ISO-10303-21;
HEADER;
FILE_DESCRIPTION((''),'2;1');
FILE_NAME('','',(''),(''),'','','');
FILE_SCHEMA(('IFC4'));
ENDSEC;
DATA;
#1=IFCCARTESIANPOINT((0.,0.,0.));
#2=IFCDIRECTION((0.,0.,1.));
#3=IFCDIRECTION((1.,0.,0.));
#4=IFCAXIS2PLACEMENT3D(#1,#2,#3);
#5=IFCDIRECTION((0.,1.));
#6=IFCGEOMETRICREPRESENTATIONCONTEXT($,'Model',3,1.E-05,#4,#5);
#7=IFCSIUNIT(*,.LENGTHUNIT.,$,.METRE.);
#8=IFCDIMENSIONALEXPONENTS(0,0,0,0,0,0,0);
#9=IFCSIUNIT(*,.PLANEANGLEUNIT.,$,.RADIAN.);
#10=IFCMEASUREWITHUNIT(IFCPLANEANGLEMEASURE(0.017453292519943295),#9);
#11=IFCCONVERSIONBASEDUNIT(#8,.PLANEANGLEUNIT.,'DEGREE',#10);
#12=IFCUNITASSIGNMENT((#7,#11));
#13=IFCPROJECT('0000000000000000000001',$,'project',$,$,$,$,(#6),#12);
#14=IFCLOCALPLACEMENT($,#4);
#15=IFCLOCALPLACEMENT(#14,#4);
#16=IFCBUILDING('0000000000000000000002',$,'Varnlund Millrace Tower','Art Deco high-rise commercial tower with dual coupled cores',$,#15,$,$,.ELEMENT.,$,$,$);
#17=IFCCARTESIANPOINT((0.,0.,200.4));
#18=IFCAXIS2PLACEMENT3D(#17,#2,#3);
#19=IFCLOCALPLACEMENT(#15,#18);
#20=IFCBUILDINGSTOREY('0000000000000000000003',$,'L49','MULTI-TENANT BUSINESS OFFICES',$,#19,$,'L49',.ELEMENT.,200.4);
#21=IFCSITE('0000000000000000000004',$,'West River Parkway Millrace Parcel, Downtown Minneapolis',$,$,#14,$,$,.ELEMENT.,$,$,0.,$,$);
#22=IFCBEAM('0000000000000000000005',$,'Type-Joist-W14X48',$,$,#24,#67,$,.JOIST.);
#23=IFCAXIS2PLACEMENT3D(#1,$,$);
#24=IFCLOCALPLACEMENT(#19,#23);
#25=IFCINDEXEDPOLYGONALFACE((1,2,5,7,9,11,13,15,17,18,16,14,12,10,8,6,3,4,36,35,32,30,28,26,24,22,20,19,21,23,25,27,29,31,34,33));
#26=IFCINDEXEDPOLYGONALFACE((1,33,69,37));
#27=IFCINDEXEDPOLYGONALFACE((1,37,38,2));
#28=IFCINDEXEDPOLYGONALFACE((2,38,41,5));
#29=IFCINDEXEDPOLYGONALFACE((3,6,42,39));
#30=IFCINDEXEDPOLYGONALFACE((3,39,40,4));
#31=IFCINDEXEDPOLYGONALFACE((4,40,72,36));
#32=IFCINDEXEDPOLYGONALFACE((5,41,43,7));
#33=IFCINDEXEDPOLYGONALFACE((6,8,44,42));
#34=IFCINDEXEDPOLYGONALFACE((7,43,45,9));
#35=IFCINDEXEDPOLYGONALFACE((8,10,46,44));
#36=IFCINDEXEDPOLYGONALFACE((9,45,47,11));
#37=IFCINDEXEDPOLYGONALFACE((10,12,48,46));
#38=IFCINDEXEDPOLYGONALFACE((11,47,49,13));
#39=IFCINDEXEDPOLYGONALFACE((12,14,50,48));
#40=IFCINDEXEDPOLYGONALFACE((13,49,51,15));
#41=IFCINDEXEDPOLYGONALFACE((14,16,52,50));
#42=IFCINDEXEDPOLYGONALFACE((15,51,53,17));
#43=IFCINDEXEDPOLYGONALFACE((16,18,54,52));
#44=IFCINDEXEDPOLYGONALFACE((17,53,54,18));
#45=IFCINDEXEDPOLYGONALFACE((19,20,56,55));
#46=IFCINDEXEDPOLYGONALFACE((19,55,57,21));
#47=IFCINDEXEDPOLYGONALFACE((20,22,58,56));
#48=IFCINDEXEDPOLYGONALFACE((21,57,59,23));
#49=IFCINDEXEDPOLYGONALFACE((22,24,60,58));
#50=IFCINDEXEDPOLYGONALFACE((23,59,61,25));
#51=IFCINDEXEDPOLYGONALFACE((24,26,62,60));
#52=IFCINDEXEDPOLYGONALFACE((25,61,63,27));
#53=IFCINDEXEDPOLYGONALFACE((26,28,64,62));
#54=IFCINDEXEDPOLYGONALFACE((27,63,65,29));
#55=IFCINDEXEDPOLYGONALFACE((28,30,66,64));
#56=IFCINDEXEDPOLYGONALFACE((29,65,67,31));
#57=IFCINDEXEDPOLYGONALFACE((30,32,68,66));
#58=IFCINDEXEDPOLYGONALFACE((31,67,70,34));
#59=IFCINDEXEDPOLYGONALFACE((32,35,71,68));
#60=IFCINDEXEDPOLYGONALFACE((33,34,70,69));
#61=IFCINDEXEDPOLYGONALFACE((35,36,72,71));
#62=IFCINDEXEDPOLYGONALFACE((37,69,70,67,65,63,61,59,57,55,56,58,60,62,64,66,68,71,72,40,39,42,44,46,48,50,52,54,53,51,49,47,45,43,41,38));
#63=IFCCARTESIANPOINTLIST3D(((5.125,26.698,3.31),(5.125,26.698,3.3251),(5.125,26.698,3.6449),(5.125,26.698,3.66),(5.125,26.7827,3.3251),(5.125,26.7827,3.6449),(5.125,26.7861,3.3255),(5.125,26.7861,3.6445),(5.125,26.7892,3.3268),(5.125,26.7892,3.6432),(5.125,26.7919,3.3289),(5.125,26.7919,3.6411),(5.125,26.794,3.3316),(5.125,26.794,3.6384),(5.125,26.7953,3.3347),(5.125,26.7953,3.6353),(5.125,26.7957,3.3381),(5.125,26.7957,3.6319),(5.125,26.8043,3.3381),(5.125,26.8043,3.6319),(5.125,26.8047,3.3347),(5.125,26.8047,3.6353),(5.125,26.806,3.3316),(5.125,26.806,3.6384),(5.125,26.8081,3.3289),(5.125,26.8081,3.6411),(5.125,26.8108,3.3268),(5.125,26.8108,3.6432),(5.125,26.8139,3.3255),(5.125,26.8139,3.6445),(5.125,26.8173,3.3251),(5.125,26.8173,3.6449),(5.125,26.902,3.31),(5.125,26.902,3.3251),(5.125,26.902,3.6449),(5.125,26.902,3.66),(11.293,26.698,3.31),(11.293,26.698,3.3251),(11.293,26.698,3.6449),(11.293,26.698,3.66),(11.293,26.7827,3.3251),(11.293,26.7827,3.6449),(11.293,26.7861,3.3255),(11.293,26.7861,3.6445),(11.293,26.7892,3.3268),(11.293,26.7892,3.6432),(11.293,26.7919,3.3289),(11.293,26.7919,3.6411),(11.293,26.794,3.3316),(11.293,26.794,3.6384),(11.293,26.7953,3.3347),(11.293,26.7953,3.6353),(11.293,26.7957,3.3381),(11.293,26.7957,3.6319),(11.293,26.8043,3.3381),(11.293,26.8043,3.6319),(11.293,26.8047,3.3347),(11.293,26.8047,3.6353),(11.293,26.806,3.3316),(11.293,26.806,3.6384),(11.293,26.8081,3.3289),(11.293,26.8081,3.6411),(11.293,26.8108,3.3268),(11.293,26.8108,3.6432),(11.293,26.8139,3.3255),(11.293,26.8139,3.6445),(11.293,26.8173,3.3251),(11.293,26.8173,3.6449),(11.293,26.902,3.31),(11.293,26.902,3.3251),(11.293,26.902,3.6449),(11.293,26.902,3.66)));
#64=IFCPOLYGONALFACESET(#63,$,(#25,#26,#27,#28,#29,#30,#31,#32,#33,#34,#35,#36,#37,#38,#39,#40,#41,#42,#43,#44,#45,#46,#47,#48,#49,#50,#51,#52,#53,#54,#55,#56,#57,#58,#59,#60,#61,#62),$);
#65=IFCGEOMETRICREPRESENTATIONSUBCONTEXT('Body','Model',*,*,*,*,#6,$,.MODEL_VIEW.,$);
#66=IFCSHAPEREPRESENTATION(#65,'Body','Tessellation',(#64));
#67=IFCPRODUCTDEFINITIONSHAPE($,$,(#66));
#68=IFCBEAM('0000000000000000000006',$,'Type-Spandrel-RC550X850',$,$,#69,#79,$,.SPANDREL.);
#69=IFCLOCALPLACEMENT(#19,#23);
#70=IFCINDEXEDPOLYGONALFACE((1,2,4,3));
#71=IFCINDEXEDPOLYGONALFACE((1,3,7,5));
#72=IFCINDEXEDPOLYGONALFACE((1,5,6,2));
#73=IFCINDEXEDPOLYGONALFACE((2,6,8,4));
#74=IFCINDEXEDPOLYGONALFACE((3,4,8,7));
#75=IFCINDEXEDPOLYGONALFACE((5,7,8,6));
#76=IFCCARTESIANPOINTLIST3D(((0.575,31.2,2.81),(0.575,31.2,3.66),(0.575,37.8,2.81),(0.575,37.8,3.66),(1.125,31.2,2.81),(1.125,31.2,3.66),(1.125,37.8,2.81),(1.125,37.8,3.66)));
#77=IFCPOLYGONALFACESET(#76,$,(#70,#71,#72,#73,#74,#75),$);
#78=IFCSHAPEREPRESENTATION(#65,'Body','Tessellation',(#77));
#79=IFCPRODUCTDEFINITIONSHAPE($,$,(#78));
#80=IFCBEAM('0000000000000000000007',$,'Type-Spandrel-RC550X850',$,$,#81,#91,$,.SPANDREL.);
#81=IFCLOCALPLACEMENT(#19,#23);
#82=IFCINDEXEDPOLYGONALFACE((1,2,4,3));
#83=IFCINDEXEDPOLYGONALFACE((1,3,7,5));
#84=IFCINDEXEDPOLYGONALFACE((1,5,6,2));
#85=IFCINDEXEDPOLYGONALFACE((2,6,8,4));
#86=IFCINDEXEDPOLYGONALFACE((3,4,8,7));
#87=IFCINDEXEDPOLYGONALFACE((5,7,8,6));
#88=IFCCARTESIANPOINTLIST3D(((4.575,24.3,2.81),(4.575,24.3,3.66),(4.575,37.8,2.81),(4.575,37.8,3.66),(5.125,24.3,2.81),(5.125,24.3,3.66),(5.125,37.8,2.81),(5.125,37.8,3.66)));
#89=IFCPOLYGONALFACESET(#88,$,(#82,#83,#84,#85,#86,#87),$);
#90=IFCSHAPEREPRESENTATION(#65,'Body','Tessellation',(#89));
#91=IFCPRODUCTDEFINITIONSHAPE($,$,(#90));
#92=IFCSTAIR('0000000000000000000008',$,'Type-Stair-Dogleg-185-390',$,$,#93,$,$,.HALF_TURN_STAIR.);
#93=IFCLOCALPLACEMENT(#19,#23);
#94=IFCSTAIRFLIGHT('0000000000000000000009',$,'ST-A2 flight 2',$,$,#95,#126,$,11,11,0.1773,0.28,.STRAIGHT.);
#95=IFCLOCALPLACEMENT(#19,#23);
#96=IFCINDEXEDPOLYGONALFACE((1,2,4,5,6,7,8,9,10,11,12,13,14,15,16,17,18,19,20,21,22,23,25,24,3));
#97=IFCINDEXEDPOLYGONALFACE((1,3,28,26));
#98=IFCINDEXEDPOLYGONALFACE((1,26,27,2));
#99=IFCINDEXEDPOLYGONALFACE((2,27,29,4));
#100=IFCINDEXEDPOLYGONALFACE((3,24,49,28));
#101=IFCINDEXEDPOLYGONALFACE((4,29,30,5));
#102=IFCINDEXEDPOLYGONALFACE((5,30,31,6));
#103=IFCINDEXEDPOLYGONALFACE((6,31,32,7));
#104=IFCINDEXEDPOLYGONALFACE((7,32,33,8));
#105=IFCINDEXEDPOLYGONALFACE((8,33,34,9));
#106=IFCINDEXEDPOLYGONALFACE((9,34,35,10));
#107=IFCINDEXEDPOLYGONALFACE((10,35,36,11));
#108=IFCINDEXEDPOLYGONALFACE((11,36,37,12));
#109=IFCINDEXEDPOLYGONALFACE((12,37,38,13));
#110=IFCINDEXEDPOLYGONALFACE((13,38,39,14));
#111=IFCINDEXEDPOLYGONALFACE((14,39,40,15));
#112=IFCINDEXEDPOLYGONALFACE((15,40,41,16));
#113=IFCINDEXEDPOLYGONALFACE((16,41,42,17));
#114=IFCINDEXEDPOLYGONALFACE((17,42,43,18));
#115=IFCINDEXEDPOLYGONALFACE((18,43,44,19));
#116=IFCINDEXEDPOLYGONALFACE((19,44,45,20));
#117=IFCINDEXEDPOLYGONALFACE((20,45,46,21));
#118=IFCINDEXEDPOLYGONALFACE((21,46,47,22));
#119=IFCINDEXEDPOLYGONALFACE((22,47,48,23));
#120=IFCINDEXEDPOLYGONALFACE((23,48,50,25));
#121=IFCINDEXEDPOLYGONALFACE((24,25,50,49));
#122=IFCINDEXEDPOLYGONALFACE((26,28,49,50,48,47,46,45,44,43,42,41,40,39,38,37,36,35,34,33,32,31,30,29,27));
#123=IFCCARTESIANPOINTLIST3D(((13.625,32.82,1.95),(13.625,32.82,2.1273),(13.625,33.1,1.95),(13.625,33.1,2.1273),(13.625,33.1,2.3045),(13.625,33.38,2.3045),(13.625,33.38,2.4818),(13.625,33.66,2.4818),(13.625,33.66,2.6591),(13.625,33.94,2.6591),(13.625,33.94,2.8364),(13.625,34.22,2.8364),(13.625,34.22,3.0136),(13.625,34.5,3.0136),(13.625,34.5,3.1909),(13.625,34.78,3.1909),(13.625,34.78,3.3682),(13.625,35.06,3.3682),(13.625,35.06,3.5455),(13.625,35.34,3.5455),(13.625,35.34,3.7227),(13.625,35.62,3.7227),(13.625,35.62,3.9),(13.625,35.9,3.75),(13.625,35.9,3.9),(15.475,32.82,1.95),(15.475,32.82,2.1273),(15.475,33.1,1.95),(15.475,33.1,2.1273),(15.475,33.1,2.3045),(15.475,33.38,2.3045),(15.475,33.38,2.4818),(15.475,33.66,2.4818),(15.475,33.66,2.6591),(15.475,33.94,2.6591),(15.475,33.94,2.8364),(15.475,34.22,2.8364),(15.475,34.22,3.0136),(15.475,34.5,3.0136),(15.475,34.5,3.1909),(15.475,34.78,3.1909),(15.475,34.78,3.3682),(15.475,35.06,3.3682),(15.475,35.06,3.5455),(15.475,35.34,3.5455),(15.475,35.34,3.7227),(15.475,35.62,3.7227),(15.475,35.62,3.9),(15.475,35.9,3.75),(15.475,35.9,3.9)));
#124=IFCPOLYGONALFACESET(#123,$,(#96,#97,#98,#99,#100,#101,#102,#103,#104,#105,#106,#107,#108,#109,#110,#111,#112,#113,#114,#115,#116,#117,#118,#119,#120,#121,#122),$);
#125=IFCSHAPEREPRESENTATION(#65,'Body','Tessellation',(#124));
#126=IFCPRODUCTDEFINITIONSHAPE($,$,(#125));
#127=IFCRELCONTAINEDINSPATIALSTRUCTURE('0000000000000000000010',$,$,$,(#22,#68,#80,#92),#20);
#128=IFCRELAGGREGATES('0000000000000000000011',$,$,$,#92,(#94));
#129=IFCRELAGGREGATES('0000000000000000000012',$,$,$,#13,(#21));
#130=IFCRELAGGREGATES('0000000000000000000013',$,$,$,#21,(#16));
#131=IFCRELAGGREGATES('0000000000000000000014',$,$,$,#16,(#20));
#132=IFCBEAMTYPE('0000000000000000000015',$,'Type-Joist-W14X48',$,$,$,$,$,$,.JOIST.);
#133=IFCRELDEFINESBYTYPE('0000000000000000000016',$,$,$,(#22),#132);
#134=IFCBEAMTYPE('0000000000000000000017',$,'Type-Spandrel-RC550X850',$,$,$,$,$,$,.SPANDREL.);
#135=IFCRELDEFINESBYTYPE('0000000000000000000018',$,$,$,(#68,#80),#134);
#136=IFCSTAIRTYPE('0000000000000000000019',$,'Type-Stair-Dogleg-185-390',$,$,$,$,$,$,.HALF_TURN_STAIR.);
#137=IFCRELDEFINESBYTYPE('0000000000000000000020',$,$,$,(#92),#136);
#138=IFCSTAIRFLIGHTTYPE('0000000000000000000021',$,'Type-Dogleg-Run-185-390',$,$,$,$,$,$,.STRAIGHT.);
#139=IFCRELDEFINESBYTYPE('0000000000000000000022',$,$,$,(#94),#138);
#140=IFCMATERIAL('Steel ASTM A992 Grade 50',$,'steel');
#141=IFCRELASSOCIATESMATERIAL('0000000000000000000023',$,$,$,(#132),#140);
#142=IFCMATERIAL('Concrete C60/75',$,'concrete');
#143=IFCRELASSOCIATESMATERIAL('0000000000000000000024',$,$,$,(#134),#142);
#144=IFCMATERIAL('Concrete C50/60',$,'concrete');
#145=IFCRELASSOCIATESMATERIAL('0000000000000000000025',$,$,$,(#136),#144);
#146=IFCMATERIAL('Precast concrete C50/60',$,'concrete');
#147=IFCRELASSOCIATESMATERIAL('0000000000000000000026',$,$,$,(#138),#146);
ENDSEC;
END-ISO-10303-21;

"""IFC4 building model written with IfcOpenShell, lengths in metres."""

from ifc_helpers import new_model, entity, si_unit, converted_unit, direction, frame, origin_with_axes, origin_2d_with_axis, place, context, subcontext, project, spatial, polyline, rectangle, i_section, outline, extrude, material, material_profile, profile_set, type_object, element, aggregate, save


model = new_model("IFC4")

# Units and contexts
model_context = context("Model", 3, precision=1e-05, world=origin_with_axes(), true_north=direction((0.0, 1.0)))
body_context = subcontext(model_context, "Body", "Model", "MODEL_VIEW")
ifc_project = project(units=[si_unit("LENGTHUNIT", "METRE"), converted_unit("PLANEANGLEUNIT", "DEGREE", entity("IfcPlaneAngleMeasure", 0.017453292519943295), si_unit("PLANEANGLEUNIT", "RADIAN"), dimensions=[0, 0, 0, 0, 0, 0, 0])], contexts=[model_context])

# Site, building, storey
site_placement = place(None, origin_with_axes())
site = spatial("IfcSite", under=ifc_project, at=site_placement, Name="West River Parkway Millrace Parcel, Downtown Minneapolis", CompositionType="ELEMENT", RefElevation=0.0)
building_placement = place(site_placement, origin_with_axes())
building = spatial("IfcBuilding", under=site, at=building_placement, Name="Varnlund Millrace Tower", Description="Art Deco high-rise commercial tower with dual coupled cores", CompositionType="ELEMENT")
storey_placement = place(building_placement, frame((0.0, 0.0, 200.4), z_axis=(0.0, 0.0, 1.0), x_axis=(1.0, 0.0, 0.0)))
storey = spatial("IfcBuildingStorey", under=building, at=storey_placement, Name="L49", Description="MULTI-TENANT BUSINESS OFFICES", LongName="L49", CompositionType="ELEMENT", Elevation=200.4)

# Beams
ifc_material_1 = material(Name="Steel ASTM A992 Grade 50", Category="steel")
ifc_material_profile_1 = material_profile(ifc_material_1, i_section(OverallWidth=0.204, OverallDepth=0.35, WebThickness=0.0086, FlangeThickness=0.0151, FilletRadius=0.013, at=origin_2d_with_axis()), Name="Steel ASTM A992 Grade 50")
ifc_profile_set_1 = profile_set([ifc_material_profile_1], Name="Steel ASTM A992 Grade 50")
beam_type_1 = type_object("IfcBeamType", Name="Type-Joist-W14X48", PredefinedType="JOIST", material=ifc_profile_set_1)
for number, where, z_axis, x_axis, name in (
    (1, (5.125, 26.8, 3.485), (1.0, 0.0, 0.0), (0.0, 1.0, 0.0), "Type-Joist-W14X48"),
):
    element("IfcBeam", number, at=place(storey_placement, frame(where, z_axis=z_axis, x_axis=x_axis)), inside=storey, type_object=beam_type_1, Name=name, PredefinedType="JOIST", context=body_context, shape_type="SweptSolid", body=[
        extrude(i_section(OverallWidth=0.204, OverallDepth=0.35, WebThickness=0.0086, FlangeThickness=0.0151, FilletRadius=0.013, at=origin_2d_with_axis()), origin_with_axes(), (0.0, 0.0, 1.0), 6.168),
    ])
ifc_material_2 = material(Name="Concrete C60/75", Category="concrete")
ifc_material_profile_2 = material_profile(ifc_material_2, rectangle(XDim=0.55, YDim=0.85, at=origin_2d_with_axis()), Name="Concrete C60/75")
ifc_profile_set_2 = profile_set([ifc_material_profile_2], Name="Concrete C60/75")
beam_type_2 = type_object("IfcBeamType", Name="Type-Spandrel-RC550X850", PredefinedType="SPANDREL", material=ifc_profile_set_2)
beam_1_placement = place(storey_placement, frame((0.85, 31.2, 3.235), z_axis=(0.0, 1.0, 0.0), x_axis=(-1.0, 0.0, 0.0)))
element("IfcBeam", 2, at=beam_1_placement, inside=storey, type_object=beam_type_2, Name="Type-Spandrel-RC550X850", PredefinedType="SPANDREL", context=body_context, shape_type="SweptSolid", body=[
    extrude(rectangle(XDim=0.55, YDim=0.85, at=origin_2d_with_axis()), origin_with_axes(), (0.0, 0.0, 1.0), 6.6),
])
beam_2_placement = place(storey_placement, frame((4.85, 24.3, 3.235), z_axis=(0.0, 1.0, 0.0), x_axis=(-1.0, 0.0, 0.0)))
element("IfcBeam", 3, at=beam_2_placement, inside=storey, type_object=beam_type_2, Name="Type-Spandrel-RC550X850", PredefinedType="SPANDREL", context=body_context, shape_type="SweptSolid", body=[
    extrude(rectangle(XDim=0.55, YDim=0.85, at=origin_2d_with_axis()), origin_with_axes(), (0.0, 0.0, 1.0), 13.5),
])

# Stair, stair flight
ifc_material_3 = material(Name="Concrete C50/60", Category="concrete")
stair_type = type_object("IfcStairType", Name="Type-Stair-Dogleg-185-390", PredefinedType="HALF_TURN_STAIR", material=ifc_material_3)
stair_placement = place(storey_placement, origin_with_axes())
stair = element("IfcStair", 4, at=stair_placement, inside=storey, type_object=stair_type, Name="Type-Stair-Dogleg-185-390", PredefinedType="HALF_TURN_STAIR")
ifc_material_4 = material(Name="Precast concrete C50/60", Category="concrete")
stair_flight_type = type_object("IfcStairFlightType", Name="Type-Dogleg-Run-185-390", PredefinedType="STRAIGHT", material=ifc_material_4)
stair_flight_placement = place(storey_placement, frame((13.625, 32.82, 1.95), z_axis=(1.0, 0.0, 0.0), x_axis=(0.0, 1.0, 0.0)))
stair_flight = element("IfcStairFlight", 5, at=stair_flight_placement, type_object=stair_flight_type, Name="ST-A2 flight 2", NumberOfRisers=11, NumberOfTreads=11, PredefinedType="STRAIGHT", RiserHeight=0.1773, TreadLength=0.28, context=body_context, shape_type="SweptSolid", body=[
    extrude(outline(polyline([(0.0, 0.0), (0.0, 0.1773), (0.28, 0.1773), (0.28, 0.3545), (0.56, 0.3545), (0.56, 0.5318), (0.84, 0.5318), (0.84, 0.7091), (1.12, 0.7091), (1.12, 0.8864), (1.4, 0.8864), (1.4, 1.0636), (1.68, 1.0636), (1.68, 1.2409), (1.96, 1.2409), (1.96, 1.4182), (2.24, 1.4182), (2.24, 1.5955), (2.52, 1.5955), (2.52, 1.7727), (2.8, 1.7727), (2.8, 1.95), (3.08, 1.95), (3.08, 1.8), (0.28, 0.0), (0.0, 0.0)])), origin_with_axes(), (0.0, 0.0, 1.0), 1.85),
])
aggregate(stair, [stair_flight])

save(model, "model.ifc")
